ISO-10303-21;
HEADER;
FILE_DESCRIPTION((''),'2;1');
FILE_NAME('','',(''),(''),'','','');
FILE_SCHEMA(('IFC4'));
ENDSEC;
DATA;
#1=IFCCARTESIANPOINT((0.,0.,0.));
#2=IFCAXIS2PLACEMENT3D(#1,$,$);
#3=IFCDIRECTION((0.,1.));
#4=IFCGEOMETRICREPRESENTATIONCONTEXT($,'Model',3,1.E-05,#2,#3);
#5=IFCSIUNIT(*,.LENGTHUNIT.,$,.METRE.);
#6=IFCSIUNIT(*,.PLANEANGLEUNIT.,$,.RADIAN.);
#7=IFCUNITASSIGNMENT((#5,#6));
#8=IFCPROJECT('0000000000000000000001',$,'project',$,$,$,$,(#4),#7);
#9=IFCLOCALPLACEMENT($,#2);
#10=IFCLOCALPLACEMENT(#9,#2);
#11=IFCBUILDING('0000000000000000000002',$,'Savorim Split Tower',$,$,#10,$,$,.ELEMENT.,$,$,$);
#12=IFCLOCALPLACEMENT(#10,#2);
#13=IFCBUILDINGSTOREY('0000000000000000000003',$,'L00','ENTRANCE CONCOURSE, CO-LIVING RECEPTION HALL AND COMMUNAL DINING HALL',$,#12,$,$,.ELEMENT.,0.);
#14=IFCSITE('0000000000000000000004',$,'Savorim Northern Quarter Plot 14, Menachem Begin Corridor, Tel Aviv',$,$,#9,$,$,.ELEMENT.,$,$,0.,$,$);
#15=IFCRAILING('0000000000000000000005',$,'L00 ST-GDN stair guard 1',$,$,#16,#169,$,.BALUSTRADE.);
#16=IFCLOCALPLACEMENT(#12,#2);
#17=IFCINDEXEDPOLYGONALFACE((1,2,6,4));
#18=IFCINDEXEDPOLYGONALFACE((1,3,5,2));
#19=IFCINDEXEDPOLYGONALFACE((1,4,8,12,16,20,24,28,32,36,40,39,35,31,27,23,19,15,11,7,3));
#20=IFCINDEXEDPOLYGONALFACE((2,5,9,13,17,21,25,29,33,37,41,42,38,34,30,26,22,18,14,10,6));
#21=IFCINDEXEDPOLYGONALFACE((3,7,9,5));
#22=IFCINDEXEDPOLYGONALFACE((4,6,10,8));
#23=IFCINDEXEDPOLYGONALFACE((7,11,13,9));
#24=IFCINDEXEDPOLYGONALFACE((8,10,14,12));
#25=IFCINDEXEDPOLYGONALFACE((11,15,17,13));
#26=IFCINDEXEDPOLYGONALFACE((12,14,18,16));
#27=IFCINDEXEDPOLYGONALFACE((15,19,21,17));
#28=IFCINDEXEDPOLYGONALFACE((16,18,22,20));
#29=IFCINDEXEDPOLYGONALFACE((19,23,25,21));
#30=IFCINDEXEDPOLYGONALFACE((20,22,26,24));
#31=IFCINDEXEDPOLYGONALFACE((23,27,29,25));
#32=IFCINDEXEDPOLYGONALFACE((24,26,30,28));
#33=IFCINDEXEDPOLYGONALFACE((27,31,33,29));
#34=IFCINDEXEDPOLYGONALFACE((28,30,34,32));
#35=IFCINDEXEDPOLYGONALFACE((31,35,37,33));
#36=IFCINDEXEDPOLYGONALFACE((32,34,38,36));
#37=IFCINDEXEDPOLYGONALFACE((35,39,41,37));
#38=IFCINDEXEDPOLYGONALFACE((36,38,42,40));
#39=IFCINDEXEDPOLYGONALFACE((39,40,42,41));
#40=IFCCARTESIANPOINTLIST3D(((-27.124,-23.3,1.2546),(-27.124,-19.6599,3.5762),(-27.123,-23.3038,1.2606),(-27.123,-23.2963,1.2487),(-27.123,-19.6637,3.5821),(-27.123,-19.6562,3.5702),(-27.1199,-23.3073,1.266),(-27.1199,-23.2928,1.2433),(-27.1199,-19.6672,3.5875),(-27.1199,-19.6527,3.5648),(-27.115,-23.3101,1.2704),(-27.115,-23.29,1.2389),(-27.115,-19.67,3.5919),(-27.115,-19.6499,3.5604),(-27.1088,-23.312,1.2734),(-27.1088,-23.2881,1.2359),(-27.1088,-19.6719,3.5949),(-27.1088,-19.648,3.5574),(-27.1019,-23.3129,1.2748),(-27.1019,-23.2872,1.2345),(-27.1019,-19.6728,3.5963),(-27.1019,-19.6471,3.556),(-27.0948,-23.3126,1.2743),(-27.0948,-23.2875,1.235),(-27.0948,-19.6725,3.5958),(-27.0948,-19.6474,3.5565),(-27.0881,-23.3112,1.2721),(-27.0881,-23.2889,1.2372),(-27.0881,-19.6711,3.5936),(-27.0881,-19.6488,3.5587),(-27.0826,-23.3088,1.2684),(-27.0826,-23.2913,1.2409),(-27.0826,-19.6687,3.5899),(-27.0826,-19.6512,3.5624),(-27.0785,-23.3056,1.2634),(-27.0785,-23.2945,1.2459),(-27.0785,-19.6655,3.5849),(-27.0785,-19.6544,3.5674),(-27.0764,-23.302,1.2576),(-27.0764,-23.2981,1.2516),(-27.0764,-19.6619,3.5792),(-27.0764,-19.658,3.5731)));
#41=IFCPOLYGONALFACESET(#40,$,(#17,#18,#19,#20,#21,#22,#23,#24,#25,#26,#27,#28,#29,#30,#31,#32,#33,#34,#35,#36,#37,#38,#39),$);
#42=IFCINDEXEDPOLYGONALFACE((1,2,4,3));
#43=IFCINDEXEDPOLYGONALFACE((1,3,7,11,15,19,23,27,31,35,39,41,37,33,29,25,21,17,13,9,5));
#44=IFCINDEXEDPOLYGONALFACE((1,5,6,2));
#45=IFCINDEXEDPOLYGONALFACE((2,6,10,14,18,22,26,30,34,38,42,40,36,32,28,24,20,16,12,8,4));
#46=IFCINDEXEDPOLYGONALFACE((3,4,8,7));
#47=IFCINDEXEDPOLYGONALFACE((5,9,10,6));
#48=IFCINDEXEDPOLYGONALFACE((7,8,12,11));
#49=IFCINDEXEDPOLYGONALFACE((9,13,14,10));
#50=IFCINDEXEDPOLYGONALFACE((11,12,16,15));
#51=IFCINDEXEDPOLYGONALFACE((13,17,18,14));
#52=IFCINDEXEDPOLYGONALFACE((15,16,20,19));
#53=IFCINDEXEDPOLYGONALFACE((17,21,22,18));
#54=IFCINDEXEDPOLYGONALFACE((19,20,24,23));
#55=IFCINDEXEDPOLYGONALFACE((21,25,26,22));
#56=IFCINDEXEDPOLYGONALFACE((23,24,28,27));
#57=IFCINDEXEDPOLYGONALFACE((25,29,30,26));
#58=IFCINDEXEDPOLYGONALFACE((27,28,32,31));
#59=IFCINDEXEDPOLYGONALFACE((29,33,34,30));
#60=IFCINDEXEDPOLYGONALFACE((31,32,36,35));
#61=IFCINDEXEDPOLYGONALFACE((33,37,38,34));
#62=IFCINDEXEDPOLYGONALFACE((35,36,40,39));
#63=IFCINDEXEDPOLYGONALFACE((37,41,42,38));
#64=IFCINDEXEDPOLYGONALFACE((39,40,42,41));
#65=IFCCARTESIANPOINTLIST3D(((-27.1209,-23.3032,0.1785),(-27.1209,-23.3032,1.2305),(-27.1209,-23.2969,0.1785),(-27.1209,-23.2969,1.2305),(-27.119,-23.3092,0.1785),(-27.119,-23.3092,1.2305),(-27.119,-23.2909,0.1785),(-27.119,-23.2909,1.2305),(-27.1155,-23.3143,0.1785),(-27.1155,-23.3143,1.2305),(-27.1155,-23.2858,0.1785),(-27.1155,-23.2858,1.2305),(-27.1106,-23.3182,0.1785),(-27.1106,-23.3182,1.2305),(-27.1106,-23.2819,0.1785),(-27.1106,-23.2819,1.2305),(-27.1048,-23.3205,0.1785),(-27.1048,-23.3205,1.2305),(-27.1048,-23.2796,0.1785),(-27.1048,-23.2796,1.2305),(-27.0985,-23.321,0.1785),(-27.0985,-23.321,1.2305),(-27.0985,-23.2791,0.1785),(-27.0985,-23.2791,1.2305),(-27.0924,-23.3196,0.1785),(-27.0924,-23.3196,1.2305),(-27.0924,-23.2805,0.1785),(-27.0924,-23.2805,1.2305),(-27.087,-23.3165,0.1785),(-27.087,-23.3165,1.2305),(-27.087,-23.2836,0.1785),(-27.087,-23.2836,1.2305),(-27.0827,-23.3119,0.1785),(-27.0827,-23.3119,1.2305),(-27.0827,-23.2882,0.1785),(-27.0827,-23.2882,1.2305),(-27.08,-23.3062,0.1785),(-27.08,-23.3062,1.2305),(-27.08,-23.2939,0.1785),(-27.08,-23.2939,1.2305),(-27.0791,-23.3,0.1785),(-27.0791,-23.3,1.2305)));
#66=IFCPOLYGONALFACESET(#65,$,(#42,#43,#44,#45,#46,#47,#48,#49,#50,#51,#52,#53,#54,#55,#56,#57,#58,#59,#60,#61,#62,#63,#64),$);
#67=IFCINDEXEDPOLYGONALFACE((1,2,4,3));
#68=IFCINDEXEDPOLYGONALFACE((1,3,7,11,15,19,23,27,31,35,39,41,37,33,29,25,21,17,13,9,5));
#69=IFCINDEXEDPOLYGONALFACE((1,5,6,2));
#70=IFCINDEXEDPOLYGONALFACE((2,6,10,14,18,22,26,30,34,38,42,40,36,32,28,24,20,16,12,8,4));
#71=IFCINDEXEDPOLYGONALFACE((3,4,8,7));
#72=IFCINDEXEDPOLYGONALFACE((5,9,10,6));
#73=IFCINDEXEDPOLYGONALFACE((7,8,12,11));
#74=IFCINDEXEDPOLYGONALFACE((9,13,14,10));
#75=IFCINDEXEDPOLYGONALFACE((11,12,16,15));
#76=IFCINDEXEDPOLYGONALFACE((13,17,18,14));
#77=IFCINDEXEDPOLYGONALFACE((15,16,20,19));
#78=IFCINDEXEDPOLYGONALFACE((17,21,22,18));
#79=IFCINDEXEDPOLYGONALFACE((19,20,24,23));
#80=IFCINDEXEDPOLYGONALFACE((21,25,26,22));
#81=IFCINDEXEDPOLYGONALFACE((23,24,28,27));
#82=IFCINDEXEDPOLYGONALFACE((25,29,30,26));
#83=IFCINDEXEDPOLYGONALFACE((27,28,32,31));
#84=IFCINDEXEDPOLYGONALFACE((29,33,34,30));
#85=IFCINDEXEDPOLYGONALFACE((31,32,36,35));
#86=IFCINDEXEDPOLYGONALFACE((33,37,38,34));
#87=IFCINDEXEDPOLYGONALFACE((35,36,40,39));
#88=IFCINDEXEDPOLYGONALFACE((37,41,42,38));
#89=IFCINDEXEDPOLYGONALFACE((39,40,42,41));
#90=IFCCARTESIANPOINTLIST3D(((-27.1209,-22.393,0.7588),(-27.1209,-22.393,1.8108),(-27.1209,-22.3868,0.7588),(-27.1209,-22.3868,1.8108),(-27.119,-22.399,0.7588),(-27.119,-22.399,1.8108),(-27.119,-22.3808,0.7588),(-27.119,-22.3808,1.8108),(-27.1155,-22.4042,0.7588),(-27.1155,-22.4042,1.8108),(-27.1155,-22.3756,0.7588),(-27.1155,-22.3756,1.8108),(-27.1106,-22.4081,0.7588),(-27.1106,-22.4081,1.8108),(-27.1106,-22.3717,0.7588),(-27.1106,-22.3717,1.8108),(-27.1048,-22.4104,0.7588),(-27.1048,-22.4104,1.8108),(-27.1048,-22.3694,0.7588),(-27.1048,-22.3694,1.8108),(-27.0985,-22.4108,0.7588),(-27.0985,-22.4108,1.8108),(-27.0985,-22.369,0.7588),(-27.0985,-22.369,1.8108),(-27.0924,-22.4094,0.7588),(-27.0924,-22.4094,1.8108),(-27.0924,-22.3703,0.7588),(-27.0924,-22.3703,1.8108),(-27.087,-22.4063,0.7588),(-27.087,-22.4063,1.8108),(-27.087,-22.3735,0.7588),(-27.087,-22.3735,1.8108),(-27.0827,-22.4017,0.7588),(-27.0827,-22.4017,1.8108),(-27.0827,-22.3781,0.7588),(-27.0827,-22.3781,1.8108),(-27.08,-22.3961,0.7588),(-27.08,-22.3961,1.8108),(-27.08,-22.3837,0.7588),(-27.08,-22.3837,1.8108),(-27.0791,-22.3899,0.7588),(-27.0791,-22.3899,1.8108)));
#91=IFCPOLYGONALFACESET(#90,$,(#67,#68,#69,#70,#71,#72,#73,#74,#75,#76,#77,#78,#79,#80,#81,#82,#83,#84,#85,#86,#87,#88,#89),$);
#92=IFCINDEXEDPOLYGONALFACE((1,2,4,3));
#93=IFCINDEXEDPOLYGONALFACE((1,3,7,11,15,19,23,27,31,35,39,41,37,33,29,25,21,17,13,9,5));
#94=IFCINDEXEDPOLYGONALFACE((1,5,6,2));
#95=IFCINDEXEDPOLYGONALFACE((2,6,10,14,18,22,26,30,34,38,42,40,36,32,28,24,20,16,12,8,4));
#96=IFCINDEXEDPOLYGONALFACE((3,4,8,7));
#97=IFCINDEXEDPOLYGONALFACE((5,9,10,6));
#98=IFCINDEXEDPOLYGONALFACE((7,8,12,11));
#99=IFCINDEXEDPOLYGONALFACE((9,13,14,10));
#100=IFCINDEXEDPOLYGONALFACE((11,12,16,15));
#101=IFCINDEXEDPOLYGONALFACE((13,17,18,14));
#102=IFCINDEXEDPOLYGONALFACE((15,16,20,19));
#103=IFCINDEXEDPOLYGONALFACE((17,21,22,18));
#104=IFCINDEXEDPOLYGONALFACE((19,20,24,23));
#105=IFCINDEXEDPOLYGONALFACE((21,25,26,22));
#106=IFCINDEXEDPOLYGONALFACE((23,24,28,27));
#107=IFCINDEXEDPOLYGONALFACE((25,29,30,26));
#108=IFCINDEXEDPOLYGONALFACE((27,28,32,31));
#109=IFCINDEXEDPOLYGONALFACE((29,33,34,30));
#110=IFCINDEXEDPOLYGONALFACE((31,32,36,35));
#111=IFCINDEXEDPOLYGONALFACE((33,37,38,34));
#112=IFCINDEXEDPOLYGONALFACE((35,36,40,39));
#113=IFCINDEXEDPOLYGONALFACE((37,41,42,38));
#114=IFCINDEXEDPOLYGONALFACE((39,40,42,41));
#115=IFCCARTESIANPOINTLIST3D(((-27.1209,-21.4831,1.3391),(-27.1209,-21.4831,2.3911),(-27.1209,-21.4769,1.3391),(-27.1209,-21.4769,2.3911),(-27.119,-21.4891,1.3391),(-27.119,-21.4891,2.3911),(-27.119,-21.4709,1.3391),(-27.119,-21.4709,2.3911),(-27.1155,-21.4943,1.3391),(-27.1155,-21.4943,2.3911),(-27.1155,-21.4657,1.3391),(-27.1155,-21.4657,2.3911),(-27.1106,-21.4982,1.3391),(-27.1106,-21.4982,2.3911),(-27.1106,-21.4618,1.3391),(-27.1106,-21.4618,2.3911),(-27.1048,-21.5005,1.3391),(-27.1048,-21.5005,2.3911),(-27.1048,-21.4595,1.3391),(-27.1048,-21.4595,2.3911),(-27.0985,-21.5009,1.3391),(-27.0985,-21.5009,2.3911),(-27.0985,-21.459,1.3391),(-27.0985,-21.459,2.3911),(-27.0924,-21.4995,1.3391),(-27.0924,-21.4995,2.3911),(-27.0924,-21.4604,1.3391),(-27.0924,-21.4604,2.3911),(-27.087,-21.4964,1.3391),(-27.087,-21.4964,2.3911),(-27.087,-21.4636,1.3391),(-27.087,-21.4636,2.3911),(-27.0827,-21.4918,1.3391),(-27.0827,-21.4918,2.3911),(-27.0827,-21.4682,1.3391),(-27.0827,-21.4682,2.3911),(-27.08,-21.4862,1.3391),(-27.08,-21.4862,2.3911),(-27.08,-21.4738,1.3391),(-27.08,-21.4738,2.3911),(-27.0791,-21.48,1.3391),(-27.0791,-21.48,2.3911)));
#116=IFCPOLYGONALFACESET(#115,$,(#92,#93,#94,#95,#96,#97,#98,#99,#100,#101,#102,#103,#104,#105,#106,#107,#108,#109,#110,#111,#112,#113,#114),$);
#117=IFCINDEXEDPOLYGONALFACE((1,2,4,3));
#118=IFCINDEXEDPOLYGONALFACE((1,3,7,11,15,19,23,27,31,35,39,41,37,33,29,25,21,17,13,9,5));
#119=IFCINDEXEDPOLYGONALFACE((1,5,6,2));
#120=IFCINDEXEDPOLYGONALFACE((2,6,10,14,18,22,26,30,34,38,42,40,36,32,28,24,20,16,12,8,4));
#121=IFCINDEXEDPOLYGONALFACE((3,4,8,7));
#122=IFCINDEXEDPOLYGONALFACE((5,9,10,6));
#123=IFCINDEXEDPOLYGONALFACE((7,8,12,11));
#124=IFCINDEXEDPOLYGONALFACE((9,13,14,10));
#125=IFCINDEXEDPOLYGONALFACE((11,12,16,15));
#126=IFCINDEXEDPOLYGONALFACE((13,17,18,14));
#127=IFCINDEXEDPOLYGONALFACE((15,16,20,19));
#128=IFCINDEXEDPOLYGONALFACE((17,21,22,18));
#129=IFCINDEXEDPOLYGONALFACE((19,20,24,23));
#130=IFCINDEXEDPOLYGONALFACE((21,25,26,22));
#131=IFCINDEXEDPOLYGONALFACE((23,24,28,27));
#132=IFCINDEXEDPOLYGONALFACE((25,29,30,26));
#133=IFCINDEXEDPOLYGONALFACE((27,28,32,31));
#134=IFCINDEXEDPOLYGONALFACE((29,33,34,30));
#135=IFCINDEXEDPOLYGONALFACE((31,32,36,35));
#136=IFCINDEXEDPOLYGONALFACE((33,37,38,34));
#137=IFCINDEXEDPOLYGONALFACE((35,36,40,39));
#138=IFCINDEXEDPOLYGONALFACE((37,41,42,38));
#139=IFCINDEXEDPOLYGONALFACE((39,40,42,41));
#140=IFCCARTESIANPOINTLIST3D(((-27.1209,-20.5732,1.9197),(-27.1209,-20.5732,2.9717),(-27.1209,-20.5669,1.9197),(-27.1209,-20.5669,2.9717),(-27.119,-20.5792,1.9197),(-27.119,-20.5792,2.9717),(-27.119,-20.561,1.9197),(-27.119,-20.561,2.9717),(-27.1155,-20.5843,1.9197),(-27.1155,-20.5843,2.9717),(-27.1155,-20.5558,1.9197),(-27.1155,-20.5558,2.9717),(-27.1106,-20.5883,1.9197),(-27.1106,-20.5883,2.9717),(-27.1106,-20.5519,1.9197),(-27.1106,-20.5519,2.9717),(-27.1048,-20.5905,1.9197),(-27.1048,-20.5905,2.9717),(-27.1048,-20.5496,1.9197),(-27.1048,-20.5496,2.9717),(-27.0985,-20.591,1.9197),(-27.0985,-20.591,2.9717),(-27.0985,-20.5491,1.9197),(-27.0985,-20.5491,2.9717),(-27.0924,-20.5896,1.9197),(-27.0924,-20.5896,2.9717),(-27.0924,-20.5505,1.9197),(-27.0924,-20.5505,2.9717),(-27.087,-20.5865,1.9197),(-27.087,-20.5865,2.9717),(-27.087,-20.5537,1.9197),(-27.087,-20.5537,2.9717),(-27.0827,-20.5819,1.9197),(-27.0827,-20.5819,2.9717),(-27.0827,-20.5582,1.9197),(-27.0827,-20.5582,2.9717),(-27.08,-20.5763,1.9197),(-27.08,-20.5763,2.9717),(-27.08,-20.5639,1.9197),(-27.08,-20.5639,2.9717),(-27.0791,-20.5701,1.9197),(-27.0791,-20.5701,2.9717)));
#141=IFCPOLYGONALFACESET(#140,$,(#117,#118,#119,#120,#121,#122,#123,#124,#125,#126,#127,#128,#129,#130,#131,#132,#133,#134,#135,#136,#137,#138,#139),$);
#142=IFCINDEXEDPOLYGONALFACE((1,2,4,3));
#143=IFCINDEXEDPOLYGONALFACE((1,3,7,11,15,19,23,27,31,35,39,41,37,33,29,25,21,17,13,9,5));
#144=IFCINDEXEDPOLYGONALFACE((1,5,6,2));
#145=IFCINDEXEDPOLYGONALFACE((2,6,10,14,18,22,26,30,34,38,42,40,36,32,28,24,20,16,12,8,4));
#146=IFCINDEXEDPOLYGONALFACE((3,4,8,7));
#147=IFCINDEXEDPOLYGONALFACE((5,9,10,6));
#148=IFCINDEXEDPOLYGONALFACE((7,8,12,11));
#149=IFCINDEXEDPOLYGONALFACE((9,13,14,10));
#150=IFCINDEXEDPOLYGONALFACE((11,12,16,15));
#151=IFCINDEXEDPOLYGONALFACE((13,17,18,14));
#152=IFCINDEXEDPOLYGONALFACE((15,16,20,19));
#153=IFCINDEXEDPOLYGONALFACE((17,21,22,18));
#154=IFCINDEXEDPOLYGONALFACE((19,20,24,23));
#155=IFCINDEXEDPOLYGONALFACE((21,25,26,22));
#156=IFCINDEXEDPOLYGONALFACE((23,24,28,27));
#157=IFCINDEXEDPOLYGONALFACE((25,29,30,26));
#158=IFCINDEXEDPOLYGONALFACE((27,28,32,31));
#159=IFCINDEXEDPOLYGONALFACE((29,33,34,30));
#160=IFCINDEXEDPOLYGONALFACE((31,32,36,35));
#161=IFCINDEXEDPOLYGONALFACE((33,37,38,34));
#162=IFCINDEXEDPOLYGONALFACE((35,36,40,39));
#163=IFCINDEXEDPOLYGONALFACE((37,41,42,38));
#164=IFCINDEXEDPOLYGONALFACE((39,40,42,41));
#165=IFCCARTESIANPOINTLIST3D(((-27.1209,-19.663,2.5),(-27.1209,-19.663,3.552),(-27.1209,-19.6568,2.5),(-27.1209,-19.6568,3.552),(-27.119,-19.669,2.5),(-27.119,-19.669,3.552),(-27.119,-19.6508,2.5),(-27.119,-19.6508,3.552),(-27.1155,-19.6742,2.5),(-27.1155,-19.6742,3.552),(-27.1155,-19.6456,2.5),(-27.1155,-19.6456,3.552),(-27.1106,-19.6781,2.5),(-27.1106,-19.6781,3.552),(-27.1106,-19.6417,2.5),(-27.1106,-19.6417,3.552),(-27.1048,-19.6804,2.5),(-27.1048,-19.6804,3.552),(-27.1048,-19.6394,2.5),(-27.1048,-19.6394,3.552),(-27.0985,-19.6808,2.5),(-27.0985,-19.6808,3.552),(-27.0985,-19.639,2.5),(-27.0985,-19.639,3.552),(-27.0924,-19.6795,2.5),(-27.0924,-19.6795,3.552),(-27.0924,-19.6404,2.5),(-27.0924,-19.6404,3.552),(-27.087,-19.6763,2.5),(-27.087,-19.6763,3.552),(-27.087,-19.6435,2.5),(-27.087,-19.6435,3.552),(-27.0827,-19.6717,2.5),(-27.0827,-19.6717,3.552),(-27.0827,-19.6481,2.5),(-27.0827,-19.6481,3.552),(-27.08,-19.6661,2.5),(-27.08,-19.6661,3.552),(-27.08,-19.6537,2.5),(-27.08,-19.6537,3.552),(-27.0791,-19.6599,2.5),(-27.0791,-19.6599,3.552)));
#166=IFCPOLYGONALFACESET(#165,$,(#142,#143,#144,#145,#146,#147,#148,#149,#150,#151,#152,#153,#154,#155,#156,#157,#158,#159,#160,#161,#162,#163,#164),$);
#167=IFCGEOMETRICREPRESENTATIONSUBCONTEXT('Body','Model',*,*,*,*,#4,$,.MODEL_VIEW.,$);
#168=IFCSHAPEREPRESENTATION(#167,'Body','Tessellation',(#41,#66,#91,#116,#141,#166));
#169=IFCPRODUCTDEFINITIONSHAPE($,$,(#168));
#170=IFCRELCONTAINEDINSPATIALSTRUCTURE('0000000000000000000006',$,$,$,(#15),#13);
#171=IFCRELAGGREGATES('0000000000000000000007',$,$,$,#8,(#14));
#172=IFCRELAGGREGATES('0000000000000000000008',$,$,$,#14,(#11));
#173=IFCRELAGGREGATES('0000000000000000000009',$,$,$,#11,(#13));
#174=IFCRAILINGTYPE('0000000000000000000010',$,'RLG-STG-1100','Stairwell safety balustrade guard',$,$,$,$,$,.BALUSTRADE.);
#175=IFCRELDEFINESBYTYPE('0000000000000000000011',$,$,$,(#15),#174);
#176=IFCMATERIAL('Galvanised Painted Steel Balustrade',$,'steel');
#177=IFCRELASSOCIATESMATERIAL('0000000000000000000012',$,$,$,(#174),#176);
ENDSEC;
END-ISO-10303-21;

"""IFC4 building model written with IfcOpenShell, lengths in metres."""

from ifc_helpers import new_model, si_unit, direction, frame, origin, origin_2d, place, context, subcontext, project, spatial, circle, extrude, material, type_object, element, save


model = new_model("IFC4")

# Units and contexts
model_context = context("Model", 3, precision=1e-05, world=origin(), true_north=direction((0.0, 1.0)))
body_context = subcontext(model_context, "Body", "Model", "MODEL_VIEW")
ifc_project = project(units=[si_unit("LENGTHUNIT", "METRE"), si_unit("PLANEANGLEUNIT", "RADIAN")], contexts=[model_context])

# Site, building, storey
site_placement = place(None, origin())
site = spatial("IfcSite", under=ifc_project, at=site_placement, Name="Savorim Northern Quarter Plot 14, Menachem Begin Corridor, Tel Aviv", CompositionType="ELEMENT", RefElevation=0.0)
building_placement = place(site_placement, origin())
building = spatial("IfcBuilding", under=site, at=building_placement, Name="Savorim Split Tower", CompositionType="ELEMENT")
storey_placement = place(building_placement, origin())
storey = spatial("IfcBuildingStorey", under=building, at=storey_placement, Name="L00", Description="ENTRANCE CONCOURSE, CO-LIVING RECEPTION HALL AND COMMUNAL DINING HALL", CompositionType="ELEMENT", Elevation=0.0)

# Railing
ifc_material_1 = material(Name="Galvanised Painted Steel Balustrade", Category="steel")
railing_type_1 = type_object("IfcRailingType", Name="RLG-STG-1100", Description="Stairwell safety balustrade guard", PredefinedType="BALUSTRADE", material=ifc_material_1)
railing_1_placement = place(storey_placement, frame((-27.1001, -23.3, 0.1785)))
element("IfcRailing", 1, at=railing_1_placement, inside=storey, type_object=railing_type_1, Name="L00 ST-GDN stair guard 1", PredefinedType="BALUSTRADE", context=body_context, shape_type="SweptSolid", body=[
    extrude(circle(Radius=0.0239, at=origin_2d()), frame((0.0, 0.0, 1.0762), z_axis=(0.0, 0.843128, 0.537713), x_axis=(-1.0, 0.0, 0.0)), (0.0, 0.0, 1.0), 4.3174),
    extrude(circle(Radius=0.021, at=origin_2d()), origin(), (0.0, 0.0, 1.0), 1.052),
    extrude(circle(Radius=0.021, at=origin_2d()), frame((0.0, 0.9102, 0.5803)), (0.0, 0.0, 1.0), 1.052),
    extrude(circle(Radius=0.021, at=origin_2d()), frame((0.0, 1.8201, 1.1606)), (0.0, 0.0, 1.0), 1.052),
    extrude(circle(Radius=0.021, at=origin_2d()), frame((0.0, 2.73, 1.7412)), (0.0, 0.0, 1.0), 1.052),
    extrude(circle(Radius=0.021, at=origin_2d()), frame((0.0, 3.6401, 2.3215)), (0.0, 0.0, 1.0), 1.052),
])

save(model, "model.ifc")
